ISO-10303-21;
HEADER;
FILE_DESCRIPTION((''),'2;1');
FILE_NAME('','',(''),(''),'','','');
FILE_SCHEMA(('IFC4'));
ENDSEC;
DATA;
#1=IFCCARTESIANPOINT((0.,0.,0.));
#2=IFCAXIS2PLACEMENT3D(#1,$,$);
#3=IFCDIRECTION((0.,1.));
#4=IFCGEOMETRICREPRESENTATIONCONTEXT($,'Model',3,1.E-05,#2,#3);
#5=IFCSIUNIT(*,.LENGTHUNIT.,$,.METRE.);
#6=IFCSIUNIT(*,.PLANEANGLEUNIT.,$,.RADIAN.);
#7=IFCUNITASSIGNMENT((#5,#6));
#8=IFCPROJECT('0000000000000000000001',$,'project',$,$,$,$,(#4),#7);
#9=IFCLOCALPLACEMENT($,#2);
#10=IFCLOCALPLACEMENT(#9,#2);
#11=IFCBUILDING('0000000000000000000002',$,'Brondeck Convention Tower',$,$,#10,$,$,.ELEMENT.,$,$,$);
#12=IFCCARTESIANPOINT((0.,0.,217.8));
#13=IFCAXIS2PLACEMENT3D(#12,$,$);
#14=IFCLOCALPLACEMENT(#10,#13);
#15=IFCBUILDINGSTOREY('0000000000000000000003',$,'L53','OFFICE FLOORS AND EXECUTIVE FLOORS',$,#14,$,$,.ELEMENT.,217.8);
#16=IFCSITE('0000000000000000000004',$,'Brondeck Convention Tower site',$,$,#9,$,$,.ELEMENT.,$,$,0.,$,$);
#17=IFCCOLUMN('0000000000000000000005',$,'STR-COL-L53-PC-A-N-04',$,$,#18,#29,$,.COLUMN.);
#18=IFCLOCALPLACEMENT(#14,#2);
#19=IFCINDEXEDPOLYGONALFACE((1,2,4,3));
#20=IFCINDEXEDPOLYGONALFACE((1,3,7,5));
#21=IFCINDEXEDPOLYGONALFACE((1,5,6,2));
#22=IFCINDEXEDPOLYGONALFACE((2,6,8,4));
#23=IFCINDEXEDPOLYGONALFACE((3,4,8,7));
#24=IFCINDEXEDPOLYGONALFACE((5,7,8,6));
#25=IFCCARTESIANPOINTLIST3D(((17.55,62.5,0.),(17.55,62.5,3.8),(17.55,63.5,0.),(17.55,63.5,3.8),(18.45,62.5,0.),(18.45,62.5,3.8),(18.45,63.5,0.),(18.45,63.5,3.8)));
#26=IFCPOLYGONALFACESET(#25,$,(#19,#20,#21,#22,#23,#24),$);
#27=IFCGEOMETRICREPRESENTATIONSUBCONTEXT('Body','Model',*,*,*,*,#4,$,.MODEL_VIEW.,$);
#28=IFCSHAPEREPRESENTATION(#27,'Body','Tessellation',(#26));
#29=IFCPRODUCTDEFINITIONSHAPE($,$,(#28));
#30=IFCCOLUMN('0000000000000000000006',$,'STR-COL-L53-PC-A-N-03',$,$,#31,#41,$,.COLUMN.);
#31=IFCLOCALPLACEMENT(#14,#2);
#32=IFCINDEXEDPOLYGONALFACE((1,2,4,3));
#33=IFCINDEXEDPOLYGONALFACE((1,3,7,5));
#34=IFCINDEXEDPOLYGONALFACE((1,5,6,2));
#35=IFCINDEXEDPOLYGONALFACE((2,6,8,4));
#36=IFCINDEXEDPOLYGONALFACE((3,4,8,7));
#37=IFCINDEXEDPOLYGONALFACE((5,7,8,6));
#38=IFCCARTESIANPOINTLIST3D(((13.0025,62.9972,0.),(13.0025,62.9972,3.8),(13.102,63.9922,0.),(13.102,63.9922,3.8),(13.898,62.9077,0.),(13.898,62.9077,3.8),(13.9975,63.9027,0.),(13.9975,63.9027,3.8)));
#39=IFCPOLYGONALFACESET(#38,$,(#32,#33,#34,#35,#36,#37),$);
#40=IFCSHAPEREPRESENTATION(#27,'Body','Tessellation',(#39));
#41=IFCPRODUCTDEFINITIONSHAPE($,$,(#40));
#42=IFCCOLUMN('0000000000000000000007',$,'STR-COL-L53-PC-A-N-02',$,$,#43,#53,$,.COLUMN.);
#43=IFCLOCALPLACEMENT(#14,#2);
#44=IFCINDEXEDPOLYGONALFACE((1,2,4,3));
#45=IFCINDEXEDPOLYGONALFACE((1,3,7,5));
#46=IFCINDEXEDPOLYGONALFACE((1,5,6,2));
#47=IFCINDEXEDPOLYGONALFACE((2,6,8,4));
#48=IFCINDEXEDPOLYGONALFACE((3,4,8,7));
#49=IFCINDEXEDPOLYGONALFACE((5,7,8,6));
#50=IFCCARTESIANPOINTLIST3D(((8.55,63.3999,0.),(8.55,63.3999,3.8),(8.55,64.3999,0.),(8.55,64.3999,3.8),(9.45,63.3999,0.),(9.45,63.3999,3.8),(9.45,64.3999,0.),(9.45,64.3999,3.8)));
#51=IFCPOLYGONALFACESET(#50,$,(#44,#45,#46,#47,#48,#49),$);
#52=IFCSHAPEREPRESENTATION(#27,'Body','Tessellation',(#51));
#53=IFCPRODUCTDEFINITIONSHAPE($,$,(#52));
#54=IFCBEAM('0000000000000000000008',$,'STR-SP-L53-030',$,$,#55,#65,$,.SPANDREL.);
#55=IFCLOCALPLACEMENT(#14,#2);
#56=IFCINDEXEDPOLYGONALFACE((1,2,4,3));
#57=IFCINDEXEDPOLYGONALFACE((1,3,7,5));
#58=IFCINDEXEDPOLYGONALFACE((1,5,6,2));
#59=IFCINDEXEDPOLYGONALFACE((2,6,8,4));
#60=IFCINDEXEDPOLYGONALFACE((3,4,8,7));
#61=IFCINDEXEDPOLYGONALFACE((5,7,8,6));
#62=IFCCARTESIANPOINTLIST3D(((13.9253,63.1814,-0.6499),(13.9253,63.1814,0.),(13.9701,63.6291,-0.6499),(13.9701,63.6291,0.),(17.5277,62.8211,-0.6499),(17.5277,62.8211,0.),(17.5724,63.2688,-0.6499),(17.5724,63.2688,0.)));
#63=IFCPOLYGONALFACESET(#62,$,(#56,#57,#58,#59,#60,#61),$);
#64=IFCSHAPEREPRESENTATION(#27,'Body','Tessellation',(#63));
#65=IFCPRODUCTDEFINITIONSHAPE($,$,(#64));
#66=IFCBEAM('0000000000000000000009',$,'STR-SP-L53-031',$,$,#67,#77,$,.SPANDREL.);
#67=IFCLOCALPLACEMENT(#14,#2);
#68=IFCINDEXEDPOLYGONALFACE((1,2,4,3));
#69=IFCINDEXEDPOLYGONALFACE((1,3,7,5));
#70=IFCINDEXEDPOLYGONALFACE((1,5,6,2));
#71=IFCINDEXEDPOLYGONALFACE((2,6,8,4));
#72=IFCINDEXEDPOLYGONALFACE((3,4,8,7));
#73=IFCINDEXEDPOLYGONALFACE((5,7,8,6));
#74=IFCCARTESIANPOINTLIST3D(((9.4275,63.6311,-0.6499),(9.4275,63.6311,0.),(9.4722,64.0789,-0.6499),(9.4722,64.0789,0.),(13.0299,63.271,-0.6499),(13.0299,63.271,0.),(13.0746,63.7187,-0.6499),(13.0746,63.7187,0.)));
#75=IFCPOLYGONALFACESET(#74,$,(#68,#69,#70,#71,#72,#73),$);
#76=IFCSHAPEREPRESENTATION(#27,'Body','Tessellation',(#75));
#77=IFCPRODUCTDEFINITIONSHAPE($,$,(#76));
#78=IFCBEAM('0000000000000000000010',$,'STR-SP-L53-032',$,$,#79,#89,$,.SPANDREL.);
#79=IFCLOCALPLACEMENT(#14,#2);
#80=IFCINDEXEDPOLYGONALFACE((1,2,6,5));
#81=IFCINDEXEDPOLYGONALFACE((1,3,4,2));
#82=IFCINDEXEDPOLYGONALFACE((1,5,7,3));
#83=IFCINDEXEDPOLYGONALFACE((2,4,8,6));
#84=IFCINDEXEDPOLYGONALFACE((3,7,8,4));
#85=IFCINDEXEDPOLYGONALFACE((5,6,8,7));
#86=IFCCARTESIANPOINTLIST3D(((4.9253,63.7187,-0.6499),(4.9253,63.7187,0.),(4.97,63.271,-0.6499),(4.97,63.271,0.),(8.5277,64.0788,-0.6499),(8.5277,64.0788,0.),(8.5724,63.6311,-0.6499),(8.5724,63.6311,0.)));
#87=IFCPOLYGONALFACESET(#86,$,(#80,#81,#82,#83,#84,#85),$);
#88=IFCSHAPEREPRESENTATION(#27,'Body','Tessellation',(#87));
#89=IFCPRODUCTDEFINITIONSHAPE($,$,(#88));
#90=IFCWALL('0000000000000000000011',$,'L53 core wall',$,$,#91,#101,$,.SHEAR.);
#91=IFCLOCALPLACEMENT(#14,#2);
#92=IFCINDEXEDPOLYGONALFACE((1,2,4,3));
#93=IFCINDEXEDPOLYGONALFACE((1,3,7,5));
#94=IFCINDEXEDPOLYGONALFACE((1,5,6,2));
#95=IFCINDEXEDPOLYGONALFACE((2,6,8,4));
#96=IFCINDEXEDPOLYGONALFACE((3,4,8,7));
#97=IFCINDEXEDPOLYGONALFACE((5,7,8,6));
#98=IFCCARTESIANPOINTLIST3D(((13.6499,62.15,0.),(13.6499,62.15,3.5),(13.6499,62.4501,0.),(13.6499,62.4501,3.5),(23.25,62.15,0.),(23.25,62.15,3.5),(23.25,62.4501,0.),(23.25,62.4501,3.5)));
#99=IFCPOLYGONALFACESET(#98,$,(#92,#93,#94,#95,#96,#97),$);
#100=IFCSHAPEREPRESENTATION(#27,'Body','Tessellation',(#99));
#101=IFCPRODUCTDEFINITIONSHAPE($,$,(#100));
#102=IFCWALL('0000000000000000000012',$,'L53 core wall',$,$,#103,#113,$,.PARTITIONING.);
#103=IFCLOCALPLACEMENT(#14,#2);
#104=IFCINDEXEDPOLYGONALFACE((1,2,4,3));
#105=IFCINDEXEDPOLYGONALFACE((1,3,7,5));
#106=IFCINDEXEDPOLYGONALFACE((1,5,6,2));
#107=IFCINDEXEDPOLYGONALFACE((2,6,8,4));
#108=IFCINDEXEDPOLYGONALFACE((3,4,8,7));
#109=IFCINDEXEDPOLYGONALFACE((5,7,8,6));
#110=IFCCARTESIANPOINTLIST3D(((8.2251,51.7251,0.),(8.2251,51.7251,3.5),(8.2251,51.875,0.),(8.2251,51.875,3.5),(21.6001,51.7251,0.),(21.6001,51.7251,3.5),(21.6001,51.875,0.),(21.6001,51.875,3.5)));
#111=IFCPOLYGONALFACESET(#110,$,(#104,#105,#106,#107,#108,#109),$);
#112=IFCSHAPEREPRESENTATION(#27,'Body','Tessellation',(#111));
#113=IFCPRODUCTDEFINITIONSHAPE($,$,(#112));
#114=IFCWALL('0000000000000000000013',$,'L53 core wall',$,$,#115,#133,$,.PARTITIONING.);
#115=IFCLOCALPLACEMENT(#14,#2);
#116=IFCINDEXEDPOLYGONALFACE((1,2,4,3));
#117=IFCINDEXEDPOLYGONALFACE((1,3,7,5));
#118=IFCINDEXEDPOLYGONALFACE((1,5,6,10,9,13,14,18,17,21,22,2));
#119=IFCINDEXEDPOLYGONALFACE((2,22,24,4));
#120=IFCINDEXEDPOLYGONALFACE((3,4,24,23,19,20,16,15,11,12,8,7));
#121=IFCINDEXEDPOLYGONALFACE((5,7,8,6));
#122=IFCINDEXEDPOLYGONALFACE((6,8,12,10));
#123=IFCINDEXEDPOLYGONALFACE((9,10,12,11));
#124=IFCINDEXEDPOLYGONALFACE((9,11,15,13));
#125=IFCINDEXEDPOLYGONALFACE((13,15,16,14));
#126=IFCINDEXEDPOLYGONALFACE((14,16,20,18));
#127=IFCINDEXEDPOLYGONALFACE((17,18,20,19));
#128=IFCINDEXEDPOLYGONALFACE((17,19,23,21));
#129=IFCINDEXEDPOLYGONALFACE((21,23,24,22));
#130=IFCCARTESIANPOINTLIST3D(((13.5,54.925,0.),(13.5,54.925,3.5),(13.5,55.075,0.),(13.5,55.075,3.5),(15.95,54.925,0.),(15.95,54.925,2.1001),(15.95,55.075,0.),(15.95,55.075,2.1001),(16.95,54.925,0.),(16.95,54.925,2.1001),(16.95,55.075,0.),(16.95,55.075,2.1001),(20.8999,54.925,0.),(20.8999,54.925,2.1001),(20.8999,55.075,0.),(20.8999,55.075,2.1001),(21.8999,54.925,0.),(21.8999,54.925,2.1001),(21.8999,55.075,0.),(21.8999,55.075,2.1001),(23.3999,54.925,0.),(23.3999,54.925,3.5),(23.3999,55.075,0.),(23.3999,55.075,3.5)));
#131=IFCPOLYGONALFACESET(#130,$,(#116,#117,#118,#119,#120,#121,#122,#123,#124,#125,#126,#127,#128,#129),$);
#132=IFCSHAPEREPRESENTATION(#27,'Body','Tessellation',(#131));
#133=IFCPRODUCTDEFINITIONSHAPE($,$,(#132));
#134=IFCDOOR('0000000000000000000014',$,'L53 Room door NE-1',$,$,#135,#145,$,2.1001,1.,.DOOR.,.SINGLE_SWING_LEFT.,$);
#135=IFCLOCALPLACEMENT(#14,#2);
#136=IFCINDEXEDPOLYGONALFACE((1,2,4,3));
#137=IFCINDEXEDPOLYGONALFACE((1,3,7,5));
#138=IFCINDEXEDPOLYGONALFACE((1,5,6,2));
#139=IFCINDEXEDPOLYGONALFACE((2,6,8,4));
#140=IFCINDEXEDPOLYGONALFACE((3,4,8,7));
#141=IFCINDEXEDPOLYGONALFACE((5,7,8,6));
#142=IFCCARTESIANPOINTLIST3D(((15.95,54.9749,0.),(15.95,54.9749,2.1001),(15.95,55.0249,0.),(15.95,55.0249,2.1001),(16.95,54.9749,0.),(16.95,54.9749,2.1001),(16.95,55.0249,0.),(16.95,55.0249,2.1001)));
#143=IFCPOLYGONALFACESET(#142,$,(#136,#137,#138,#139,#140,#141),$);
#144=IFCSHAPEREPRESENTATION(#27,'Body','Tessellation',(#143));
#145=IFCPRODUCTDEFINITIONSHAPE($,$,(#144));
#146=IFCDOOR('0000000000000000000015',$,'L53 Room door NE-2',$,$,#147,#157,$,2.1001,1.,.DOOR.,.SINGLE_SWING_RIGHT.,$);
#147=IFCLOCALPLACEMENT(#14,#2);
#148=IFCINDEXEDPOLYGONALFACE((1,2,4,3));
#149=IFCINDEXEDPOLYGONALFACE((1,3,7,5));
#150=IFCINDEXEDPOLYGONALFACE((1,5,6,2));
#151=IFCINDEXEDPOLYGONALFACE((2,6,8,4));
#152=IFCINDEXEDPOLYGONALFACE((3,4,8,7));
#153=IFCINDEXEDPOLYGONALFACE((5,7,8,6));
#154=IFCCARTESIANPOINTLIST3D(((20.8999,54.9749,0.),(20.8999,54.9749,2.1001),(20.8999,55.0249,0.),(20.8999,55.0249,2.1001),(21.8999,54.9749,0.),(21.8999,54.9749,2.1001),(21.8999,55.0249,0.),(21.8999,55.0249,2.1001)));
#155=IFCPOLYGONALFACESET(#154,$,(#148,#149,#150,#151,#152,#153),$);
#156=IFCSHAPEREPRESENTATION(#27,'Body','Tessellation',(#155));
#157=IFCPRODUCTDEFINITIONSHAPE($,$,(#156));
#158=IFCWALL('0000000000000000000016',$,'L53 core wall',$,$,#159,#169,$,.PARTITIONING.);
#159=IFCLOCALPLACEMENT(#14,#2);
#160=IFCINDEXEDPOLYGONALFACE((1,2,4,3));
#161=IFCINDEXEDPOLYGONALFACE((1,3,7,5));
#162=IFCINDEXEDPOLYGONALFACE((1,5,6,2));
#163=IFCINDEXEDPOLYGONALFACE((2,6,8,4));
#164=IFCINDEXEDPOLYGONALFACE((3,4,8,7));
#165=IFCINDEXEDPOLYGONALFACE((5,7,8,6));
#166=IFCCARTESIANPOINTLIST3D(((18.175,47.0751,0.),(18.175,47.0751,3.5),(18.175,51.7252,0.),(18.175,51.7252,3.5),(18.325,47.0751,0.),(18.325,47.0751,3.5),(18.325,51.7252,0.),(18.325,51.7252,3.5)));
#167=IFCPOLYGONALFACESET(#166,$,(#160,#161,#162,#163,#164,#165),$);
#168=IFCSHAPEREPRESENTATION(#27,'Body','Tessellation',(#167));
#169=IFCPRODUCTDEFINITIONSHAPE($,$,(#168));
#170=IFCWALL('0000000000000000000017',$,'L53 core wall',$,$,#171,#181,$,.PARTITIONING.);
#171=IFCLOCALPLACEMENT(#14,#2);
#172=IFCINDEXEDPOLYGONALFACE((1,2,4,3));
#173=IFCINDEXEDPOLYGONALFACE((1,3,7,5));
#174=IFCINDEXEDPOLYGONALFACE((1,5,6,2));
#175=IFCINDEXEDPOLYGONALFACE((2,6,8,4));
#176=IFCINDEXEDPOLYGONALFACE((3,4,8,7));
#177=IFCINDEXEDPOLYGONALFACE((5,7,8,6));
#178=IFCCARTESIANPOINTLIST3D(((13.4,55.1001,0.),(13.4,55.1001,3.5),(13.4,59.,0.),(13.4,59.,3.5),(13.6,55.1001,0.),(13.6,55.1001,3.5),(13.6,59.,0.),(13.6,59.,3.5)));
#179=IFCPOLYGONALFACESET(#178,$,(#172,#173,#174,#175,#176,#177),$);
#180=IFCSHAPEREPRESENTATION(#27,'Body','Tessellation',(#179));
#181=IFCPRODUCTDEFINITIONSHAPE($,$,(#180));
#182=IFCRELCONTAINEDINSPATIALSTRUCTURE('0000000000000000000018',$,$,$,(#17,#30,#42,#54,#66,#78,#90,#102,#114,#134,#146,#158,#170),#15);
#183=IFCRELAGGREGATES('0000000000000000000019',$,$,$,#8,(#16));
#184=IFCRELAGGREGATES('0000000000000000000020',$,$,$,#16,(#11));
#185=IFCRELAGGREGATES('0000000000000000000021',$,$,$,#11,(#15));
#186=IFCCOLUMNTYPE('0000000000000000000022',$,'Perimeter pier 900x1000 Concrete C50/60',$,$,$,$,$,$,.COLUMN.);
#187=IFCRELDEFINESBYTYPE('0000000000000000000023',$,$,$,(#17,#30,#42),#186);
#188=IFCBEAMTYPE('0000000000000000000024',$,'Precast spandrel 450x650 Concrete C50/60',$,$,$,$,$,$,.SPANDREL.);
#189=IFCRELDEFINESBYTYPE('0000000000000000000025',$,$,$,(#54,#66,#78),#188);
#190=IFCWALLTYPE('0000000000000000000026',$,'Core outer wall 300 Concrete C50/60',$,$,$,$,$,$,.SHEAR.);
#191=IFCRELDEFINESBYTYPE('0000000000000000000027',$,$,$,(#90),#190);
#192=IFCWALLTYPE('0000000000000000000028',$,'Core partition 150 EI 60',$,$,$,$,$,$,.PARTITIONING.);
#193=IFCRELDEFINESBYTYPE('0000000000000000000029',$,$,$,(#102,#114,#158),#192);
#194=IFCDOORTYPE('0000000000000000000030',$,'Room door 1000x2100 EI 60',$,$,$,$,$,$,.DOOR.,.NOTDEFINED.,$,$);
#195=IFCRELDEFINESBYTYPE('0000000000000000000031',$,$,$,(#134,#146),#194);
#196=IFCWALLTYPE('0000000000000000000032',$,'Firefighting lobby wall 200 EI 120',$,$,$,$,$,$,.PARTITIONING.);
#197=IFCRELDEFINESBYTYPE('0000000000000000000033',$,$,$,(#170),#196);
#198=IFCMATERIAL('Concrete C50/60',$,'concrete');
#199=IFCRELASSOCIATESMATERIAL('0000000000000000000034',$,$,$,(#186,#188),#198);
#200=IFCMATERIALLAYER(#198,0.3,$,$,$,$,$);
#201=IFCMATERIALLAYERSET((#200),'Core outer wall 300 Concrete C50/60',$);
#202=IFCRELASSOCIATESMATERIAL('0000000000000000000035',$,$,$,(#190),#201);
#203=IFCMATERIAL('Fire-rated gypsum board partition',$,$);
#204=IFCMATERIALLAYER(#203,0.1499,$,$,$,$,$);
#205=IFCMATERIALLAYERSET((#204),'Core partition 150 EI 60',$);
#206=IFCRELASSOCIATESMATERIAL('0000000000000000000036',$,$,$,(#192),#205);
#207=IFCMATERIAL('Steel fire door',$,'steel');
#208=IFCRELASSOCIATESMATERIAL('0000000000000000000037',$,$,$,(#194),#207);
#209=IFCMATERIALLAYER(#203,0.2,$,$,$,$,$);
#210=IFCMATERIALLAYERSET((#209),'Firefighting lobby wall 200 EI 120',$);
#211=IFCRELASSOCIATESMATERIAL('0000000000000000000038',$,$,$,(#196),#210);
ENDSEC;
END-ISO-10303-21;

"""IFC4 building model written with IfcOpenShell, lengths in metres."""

from ifc_helpers import new_model, si_unit, direction, frame, frame_2d, origin, origin_2d, place, context, subcontext, project, spatial, rectangle, extrude, material, layer, layer_set, material_profile, profile_set, type_object, element, fill, save


model = new_model("IFC4")

# Units and contexts
model_context = context("Model", 3, precision=1e-05, world=origin(), true_north=direction((0.0, 1.0)))
body_context = subcontext(model_context, "Body", "Model", "MODEL_VIEW")
ifc_project = project(units=[si_unit("LENGTHUNIT", "METRE"), si_unit("PLANEANGLEUNIT", "RADIAN")], contexts=[model_context])

# Site, building, storey
site_placement = place(None, origin())
site = spatial("IfcSite", under=ifc_project, at=site_placement, Name="Brondeck Convention Tower site", CompositionType="ELEMENT", RefElevation=0.0)
building_placement = place(site_placement, origin())
building = spatial("IfcBuilding", under=site, at=building_placement, Name="Brondeck Convention Tower", CompositionType="ELEMENT")
storey_placement = place(building_placement, frame((0.0, 0.0, 217.8)))
storey = spatial("IfcBuildingStorey", under=building, at=storey_placement, Name="L53", Description="OFFICE FLOORS AND EXECUTIVE FLOORS", CompositionType="ELEMENT", Elevation=217.8)

# Columns
ifc_material_1 = material(Name="Concrete C50/60", Category="concrete")
ifc_material_profile_1 = material_profile(ifc_material_1, rectangle(XDim=0.8999, YDim=1.0, at=origin_2d()), Name="Perimeter pier 900x1000 Concrete C50/60")
ifc_profile_set_1 = profile_set([ifc_material_profile_1], Name="Concrete C50/60")
column_type = type_object("IfcColumnType", Name="Perimeter pier 900x1000 Concrete C50/60", PredefinedType="COLUMN", material=ifc_profile_set_1)
for number, where, z_axis, x_axis, name in (
    (1, (18.0, 63.0, 0.0), (0.0, 0.0, 1.0), (-1.0, 0.0, 0.0), "STR-COL-L53-PC-A-N-04"),
    (2, (13.5, 63.45, 0.0), (0.0, 0.0, 1.0), (-0.995037, 0.099504, 0.0), "STR-COL-L53-PC-A-N-03"),
    (3, (9.0, 63.8999, 0.0), (0.0, 0.0, 1.0), (-1.0, 0.0, 0.0), "STR-COL-L53-PC-A-N-02"),
):
    element("IfcColumn", number, at=place(storey_placement, frame(where, z_axis=z_axis, x_axis=x_axis)), inside=storey, type_object=column_type, Name=name, PredefinedType="COLUMN", context=body_context, shape_type="SweptSolid", body=[
        extrude(rectangle(XDim=0.8999, YDim=1.0, at=origin_2d()), origin(), (0.0, 0.0, 1.0), 3.8),
    ])

# Beams
ifc_material_profile_2 = material_profile(ifc_material_1, rectangle(XDim=0.45, YDim=0.6499, at=origin_2d()), Name="Precast spandrel 450x650 Concrete C50/60")
ifc_profile_set_2 = profile_set([ifc_material_profile_2], Name="Concrete C50/60")
beam_type = type_object("IfcBeamType", Name="Precast spandrel 450x650 Concrete C50/60", PredefinedType="SPANDREL", material=ifc_profile_set_2)
for number, where, z_axis, x_axis, name in (
    (4, (17.55, 63.0449, -0.325), (-0.995034, 0.099537, 0.0), (-0.099537, -0.995034, 0.0), "STR-SP-L53-030"),
    (5, (13.0522, 63.4949, -0.325), (-0.995041, 0.09947, 0.0), (-0.09947, -0.995041, 0.0), "STR-SP-L53-031"),
    (6, (8.55, 63.855, -0.325), (-0.995041, -0.09947, 0.0), (0.09947, -0.995041, 0.0), "STR-SP-L53-032"),
):
    element("IfcBeam", number, at=place(storey_placement, frame(where, z_axis=z_axis, x_axis=x_axis)), inside=storey, type_object=beam_type, Name=name, PredefinedType="SPANDREL", context=body_context, shape_type="SweptSolid", body=[
        extrude(rectangle(XDim=0.45, YDim=0.6499, at=origin_2d()), origin(), (0.0, 0.0, 1.0), 3.6204),
    ])

# Walls
ifc_layer_1 = layer(ifc_material_1, 0.3)
ifc_layer_set_1 = layer_set([ifc_layer_1], Name="Core outer wall 300 Concrete C50/60")
wall_type_1 = type_object("IfcWallType", Name="Core outer wall 300 Concrete C50/60", PredefinedType="SHEAR", material=ifc_layer_set_1)
wall_1_placement = place(storey_placement, frame((13.6499, 62.3, 0.0), z_axis=(0.0, 0.0, 1.0), x_axis=(1.0, 0.0, 0.0)))
element("IfcWall", 7, at=wall_1_placement, inside=storey, type_object=wall_type_1, Name="L53 core wall", PredefinedType="SHEAR", context=body_context, shape_type="SweptSolid", body=[
    extrude(rectangle(XDim=9.6001, YDim=0.3, at=frame_2d((4.8, 0.0))), origin(), (0.0, 0.0, 1.0), 3.5),
])
ifc_material_2 = material(Name="Fire-rated gypsum board partition")
ifc_layer_2 = layer(ifc_material_2, 0.1499)
ifc_layer_set_2 = layer_set([ifc_layer_2], Name="Core partition 150 EI 60")
wall_type_2 = type_object("IfcWallType", Name="Core partition 150 EI 60", PredefinedType="PARTITIONING", material=ifc_layer_set_2)
wall_2_placement = place(storey_placement, frame((8.2251, 51.8, 0.0), z_axis=(0.0, 0.0, 1.0), x_axis=(1.0, 0.0, 0.0)))
element("IfcWall", 8, at=wall_2_placement, inside=storey, type_object=wall_type_2, Name="L53 core wall", PredefinedType="PARTITIONING", context=body_context, shape_type="SweptSolid", body=[
    extrude(rectangle(XDim=13.375, YDim=0.1499, at=frame_2d((6.6875, 0.0))), origin(), (0.0, 0.0, 1.0), 3.5),
])

# Wall, openings, doors
wall_3_placement = place(storey_placement, frame((13.5, 55.0, 0.0), z_axis=(0.0, 0.0, 1.0), x_axis=(1.0, 0.0, 0.0)))
wall_3 = element("IfcWall", 9, at=wall_3_placement, inside=storey, type_object=wall_type_2, Name="L53 core wall", PredefinedType="PARTITIONING", context=body_context, shape_type="SweptSolid", body=[
    extrude(rectangle(XDim=9.8999, YDim=0.1499, at=frame_2d((4.95, 0.0))), origin(), (0.0, 0.0, 1.0), 3.5),
])
opening_1_placement = place(wall_3_placement, frame((2.45, 0.0, 0.0)))
opening_1 = element("IfcOpeningElement", 10, at=opening_1_placement, cuts=wall_3, PredefinedType="OPENING", context=body_context, shape_type="SweptSolid", body=[
    extrude(rectangle(XDim=1.0, YDim=2.1001, at=frame_2d((0.5, 1.05))), frame((0.0, 0.085, 0.0), z_axis=(0.0, -1.0, 0.0), x_axis=(1.0, 0.0, 0.0)), (0.0, 0.0, 1.0), 0.1699),
])
opening_2_placement = place(wall_3_placement, frame((7.3999, 0.0, 0.0)))
opening_2 = element("IfcOpeningElement", 11, at=opening_2_placement, cuts=wall_3, PredefinedType="OPENING", context=body_context, shape_type="SweptSolid", body=[
    extrude(rectangle(XDim=1.0, YDim=2.1001, at=frame_2d((0.5, 1.05))), frame((0.0, 0.085, 0.0), z_axis=(0.0, -1.0, 0.0), x_axis=(1.0, 0.0, 0.0)), (0.0, 0.0, 1.0), 0.1699),
])
ifc_material_3 = material(Name="Steel fire door", Category="steel")
door_type = type_object("IfcDoorType", Name="Room door 1000x2100 EI 60", OperationType="NOTDEFINED", PredefinedType="DOOR", material=ifc_material_3)
door_1_placement = place(opening_1_placement, origin())
door_1 = element("IfcDoor", 12, at=door_1_placement, inside=storey, type_object=door_type, Name="L53 Room door NE-1", OperationType="SINGLE_SWING_LEFT", OverallHeight=2.1001, OverallWidth=1.0, PredefinedType="DOOR", context=body_context, shape_type="SweptSolid", body=[
    extrude(rectangle(XDim=1.0, YDim=2.1001, at=frame_2d((0.5, 1.05))), frame((0.0, 0.0249, 0.0), z_axis=(0.0, -1.0, 0.0), x_axis=(1.0, 0.0, 0.0)), (0.0, 0.0, 1.0), 0.05),
])
fill(opening_1, door_1)
door_2_placement = place(opening_2_placement, origin())
door_2 = element("IfcDoor", 13, at=door_2_placement, inside=storey, type_object=door_type, Name="L53 Room door NE-2", OperationType="SINGLE_SWING_RIGHT", OverallHeight=2.1001, OverallWidth=1.0, PredefinedType="DOOR", context=body_context, shape_type="SweptSolid", body=[
    extrude(rectangle(XDim=1.0, YDim=2.1001, at=frame_2d((0.5, 1.05))), frame((0.0, 0.0249, 0.0), z_axis=(0.0, -1.0, 0.0), x_axis=(1.0, 0.0, 0.0)), (0.0, 0.0, 1.0), 0.05),
])
fill(opening_2, door_2)

# Walls
wall_4_placement = place(storey_placement, frame((18.25, 47.075, 0.0), z_axis=(0.0, 0.0, 1.0), x_axis=(0.0, 1.0, 0.0)))
element("IfcWall", 14, at=wall_4_placement, inside=storey, type_object=wall_type_2, Name="L53 core wall", PredefinedType="PARTITIONING", context=body_context, shape_type="SweptSolid", body=[
    extrude(rectangle(XDim=4.6501, YDim=0.1499, at=frame_2d((2.3252, 0.0))), origin(), (0.0, 0.0, 1.0), 3.5),
])
ifc_layer_3 = layer(ifc_material_2, 0.2)
ifc_layer_set_3 = layer_set([ifc_layer_3], Name="Firefighting lobby wall 200 EI 120")
wall_type_3 = type_object("IfcWallType", Name="Firefighting lobby wall 200 EI 120", PredefinedType="PARTITIONING", material=ifc_layer_set_3)
wall_5_placement = place(storey_placement, frame((13.5, 55.1001, 0.0), z_axis=(0.0, 0.0, 1.0), x_axis=(0.0, 1.0, 0.0)))
element("IfcWall", 15, at=wall_5_placement, inside=storey, type_object=wall_type_3, Name="L53 core wall", PredefinedType="PARTITIONING", context=body_context, shape_type="SweptSolid", body=[
    extrude(rectangle(XDim=3.8999, YDim=0.2, at=frame_2d((1.95, 0.0))), origin(), (0.0, 0.0, 1.0), 3.5),
])

save(model, "model.ifc")
